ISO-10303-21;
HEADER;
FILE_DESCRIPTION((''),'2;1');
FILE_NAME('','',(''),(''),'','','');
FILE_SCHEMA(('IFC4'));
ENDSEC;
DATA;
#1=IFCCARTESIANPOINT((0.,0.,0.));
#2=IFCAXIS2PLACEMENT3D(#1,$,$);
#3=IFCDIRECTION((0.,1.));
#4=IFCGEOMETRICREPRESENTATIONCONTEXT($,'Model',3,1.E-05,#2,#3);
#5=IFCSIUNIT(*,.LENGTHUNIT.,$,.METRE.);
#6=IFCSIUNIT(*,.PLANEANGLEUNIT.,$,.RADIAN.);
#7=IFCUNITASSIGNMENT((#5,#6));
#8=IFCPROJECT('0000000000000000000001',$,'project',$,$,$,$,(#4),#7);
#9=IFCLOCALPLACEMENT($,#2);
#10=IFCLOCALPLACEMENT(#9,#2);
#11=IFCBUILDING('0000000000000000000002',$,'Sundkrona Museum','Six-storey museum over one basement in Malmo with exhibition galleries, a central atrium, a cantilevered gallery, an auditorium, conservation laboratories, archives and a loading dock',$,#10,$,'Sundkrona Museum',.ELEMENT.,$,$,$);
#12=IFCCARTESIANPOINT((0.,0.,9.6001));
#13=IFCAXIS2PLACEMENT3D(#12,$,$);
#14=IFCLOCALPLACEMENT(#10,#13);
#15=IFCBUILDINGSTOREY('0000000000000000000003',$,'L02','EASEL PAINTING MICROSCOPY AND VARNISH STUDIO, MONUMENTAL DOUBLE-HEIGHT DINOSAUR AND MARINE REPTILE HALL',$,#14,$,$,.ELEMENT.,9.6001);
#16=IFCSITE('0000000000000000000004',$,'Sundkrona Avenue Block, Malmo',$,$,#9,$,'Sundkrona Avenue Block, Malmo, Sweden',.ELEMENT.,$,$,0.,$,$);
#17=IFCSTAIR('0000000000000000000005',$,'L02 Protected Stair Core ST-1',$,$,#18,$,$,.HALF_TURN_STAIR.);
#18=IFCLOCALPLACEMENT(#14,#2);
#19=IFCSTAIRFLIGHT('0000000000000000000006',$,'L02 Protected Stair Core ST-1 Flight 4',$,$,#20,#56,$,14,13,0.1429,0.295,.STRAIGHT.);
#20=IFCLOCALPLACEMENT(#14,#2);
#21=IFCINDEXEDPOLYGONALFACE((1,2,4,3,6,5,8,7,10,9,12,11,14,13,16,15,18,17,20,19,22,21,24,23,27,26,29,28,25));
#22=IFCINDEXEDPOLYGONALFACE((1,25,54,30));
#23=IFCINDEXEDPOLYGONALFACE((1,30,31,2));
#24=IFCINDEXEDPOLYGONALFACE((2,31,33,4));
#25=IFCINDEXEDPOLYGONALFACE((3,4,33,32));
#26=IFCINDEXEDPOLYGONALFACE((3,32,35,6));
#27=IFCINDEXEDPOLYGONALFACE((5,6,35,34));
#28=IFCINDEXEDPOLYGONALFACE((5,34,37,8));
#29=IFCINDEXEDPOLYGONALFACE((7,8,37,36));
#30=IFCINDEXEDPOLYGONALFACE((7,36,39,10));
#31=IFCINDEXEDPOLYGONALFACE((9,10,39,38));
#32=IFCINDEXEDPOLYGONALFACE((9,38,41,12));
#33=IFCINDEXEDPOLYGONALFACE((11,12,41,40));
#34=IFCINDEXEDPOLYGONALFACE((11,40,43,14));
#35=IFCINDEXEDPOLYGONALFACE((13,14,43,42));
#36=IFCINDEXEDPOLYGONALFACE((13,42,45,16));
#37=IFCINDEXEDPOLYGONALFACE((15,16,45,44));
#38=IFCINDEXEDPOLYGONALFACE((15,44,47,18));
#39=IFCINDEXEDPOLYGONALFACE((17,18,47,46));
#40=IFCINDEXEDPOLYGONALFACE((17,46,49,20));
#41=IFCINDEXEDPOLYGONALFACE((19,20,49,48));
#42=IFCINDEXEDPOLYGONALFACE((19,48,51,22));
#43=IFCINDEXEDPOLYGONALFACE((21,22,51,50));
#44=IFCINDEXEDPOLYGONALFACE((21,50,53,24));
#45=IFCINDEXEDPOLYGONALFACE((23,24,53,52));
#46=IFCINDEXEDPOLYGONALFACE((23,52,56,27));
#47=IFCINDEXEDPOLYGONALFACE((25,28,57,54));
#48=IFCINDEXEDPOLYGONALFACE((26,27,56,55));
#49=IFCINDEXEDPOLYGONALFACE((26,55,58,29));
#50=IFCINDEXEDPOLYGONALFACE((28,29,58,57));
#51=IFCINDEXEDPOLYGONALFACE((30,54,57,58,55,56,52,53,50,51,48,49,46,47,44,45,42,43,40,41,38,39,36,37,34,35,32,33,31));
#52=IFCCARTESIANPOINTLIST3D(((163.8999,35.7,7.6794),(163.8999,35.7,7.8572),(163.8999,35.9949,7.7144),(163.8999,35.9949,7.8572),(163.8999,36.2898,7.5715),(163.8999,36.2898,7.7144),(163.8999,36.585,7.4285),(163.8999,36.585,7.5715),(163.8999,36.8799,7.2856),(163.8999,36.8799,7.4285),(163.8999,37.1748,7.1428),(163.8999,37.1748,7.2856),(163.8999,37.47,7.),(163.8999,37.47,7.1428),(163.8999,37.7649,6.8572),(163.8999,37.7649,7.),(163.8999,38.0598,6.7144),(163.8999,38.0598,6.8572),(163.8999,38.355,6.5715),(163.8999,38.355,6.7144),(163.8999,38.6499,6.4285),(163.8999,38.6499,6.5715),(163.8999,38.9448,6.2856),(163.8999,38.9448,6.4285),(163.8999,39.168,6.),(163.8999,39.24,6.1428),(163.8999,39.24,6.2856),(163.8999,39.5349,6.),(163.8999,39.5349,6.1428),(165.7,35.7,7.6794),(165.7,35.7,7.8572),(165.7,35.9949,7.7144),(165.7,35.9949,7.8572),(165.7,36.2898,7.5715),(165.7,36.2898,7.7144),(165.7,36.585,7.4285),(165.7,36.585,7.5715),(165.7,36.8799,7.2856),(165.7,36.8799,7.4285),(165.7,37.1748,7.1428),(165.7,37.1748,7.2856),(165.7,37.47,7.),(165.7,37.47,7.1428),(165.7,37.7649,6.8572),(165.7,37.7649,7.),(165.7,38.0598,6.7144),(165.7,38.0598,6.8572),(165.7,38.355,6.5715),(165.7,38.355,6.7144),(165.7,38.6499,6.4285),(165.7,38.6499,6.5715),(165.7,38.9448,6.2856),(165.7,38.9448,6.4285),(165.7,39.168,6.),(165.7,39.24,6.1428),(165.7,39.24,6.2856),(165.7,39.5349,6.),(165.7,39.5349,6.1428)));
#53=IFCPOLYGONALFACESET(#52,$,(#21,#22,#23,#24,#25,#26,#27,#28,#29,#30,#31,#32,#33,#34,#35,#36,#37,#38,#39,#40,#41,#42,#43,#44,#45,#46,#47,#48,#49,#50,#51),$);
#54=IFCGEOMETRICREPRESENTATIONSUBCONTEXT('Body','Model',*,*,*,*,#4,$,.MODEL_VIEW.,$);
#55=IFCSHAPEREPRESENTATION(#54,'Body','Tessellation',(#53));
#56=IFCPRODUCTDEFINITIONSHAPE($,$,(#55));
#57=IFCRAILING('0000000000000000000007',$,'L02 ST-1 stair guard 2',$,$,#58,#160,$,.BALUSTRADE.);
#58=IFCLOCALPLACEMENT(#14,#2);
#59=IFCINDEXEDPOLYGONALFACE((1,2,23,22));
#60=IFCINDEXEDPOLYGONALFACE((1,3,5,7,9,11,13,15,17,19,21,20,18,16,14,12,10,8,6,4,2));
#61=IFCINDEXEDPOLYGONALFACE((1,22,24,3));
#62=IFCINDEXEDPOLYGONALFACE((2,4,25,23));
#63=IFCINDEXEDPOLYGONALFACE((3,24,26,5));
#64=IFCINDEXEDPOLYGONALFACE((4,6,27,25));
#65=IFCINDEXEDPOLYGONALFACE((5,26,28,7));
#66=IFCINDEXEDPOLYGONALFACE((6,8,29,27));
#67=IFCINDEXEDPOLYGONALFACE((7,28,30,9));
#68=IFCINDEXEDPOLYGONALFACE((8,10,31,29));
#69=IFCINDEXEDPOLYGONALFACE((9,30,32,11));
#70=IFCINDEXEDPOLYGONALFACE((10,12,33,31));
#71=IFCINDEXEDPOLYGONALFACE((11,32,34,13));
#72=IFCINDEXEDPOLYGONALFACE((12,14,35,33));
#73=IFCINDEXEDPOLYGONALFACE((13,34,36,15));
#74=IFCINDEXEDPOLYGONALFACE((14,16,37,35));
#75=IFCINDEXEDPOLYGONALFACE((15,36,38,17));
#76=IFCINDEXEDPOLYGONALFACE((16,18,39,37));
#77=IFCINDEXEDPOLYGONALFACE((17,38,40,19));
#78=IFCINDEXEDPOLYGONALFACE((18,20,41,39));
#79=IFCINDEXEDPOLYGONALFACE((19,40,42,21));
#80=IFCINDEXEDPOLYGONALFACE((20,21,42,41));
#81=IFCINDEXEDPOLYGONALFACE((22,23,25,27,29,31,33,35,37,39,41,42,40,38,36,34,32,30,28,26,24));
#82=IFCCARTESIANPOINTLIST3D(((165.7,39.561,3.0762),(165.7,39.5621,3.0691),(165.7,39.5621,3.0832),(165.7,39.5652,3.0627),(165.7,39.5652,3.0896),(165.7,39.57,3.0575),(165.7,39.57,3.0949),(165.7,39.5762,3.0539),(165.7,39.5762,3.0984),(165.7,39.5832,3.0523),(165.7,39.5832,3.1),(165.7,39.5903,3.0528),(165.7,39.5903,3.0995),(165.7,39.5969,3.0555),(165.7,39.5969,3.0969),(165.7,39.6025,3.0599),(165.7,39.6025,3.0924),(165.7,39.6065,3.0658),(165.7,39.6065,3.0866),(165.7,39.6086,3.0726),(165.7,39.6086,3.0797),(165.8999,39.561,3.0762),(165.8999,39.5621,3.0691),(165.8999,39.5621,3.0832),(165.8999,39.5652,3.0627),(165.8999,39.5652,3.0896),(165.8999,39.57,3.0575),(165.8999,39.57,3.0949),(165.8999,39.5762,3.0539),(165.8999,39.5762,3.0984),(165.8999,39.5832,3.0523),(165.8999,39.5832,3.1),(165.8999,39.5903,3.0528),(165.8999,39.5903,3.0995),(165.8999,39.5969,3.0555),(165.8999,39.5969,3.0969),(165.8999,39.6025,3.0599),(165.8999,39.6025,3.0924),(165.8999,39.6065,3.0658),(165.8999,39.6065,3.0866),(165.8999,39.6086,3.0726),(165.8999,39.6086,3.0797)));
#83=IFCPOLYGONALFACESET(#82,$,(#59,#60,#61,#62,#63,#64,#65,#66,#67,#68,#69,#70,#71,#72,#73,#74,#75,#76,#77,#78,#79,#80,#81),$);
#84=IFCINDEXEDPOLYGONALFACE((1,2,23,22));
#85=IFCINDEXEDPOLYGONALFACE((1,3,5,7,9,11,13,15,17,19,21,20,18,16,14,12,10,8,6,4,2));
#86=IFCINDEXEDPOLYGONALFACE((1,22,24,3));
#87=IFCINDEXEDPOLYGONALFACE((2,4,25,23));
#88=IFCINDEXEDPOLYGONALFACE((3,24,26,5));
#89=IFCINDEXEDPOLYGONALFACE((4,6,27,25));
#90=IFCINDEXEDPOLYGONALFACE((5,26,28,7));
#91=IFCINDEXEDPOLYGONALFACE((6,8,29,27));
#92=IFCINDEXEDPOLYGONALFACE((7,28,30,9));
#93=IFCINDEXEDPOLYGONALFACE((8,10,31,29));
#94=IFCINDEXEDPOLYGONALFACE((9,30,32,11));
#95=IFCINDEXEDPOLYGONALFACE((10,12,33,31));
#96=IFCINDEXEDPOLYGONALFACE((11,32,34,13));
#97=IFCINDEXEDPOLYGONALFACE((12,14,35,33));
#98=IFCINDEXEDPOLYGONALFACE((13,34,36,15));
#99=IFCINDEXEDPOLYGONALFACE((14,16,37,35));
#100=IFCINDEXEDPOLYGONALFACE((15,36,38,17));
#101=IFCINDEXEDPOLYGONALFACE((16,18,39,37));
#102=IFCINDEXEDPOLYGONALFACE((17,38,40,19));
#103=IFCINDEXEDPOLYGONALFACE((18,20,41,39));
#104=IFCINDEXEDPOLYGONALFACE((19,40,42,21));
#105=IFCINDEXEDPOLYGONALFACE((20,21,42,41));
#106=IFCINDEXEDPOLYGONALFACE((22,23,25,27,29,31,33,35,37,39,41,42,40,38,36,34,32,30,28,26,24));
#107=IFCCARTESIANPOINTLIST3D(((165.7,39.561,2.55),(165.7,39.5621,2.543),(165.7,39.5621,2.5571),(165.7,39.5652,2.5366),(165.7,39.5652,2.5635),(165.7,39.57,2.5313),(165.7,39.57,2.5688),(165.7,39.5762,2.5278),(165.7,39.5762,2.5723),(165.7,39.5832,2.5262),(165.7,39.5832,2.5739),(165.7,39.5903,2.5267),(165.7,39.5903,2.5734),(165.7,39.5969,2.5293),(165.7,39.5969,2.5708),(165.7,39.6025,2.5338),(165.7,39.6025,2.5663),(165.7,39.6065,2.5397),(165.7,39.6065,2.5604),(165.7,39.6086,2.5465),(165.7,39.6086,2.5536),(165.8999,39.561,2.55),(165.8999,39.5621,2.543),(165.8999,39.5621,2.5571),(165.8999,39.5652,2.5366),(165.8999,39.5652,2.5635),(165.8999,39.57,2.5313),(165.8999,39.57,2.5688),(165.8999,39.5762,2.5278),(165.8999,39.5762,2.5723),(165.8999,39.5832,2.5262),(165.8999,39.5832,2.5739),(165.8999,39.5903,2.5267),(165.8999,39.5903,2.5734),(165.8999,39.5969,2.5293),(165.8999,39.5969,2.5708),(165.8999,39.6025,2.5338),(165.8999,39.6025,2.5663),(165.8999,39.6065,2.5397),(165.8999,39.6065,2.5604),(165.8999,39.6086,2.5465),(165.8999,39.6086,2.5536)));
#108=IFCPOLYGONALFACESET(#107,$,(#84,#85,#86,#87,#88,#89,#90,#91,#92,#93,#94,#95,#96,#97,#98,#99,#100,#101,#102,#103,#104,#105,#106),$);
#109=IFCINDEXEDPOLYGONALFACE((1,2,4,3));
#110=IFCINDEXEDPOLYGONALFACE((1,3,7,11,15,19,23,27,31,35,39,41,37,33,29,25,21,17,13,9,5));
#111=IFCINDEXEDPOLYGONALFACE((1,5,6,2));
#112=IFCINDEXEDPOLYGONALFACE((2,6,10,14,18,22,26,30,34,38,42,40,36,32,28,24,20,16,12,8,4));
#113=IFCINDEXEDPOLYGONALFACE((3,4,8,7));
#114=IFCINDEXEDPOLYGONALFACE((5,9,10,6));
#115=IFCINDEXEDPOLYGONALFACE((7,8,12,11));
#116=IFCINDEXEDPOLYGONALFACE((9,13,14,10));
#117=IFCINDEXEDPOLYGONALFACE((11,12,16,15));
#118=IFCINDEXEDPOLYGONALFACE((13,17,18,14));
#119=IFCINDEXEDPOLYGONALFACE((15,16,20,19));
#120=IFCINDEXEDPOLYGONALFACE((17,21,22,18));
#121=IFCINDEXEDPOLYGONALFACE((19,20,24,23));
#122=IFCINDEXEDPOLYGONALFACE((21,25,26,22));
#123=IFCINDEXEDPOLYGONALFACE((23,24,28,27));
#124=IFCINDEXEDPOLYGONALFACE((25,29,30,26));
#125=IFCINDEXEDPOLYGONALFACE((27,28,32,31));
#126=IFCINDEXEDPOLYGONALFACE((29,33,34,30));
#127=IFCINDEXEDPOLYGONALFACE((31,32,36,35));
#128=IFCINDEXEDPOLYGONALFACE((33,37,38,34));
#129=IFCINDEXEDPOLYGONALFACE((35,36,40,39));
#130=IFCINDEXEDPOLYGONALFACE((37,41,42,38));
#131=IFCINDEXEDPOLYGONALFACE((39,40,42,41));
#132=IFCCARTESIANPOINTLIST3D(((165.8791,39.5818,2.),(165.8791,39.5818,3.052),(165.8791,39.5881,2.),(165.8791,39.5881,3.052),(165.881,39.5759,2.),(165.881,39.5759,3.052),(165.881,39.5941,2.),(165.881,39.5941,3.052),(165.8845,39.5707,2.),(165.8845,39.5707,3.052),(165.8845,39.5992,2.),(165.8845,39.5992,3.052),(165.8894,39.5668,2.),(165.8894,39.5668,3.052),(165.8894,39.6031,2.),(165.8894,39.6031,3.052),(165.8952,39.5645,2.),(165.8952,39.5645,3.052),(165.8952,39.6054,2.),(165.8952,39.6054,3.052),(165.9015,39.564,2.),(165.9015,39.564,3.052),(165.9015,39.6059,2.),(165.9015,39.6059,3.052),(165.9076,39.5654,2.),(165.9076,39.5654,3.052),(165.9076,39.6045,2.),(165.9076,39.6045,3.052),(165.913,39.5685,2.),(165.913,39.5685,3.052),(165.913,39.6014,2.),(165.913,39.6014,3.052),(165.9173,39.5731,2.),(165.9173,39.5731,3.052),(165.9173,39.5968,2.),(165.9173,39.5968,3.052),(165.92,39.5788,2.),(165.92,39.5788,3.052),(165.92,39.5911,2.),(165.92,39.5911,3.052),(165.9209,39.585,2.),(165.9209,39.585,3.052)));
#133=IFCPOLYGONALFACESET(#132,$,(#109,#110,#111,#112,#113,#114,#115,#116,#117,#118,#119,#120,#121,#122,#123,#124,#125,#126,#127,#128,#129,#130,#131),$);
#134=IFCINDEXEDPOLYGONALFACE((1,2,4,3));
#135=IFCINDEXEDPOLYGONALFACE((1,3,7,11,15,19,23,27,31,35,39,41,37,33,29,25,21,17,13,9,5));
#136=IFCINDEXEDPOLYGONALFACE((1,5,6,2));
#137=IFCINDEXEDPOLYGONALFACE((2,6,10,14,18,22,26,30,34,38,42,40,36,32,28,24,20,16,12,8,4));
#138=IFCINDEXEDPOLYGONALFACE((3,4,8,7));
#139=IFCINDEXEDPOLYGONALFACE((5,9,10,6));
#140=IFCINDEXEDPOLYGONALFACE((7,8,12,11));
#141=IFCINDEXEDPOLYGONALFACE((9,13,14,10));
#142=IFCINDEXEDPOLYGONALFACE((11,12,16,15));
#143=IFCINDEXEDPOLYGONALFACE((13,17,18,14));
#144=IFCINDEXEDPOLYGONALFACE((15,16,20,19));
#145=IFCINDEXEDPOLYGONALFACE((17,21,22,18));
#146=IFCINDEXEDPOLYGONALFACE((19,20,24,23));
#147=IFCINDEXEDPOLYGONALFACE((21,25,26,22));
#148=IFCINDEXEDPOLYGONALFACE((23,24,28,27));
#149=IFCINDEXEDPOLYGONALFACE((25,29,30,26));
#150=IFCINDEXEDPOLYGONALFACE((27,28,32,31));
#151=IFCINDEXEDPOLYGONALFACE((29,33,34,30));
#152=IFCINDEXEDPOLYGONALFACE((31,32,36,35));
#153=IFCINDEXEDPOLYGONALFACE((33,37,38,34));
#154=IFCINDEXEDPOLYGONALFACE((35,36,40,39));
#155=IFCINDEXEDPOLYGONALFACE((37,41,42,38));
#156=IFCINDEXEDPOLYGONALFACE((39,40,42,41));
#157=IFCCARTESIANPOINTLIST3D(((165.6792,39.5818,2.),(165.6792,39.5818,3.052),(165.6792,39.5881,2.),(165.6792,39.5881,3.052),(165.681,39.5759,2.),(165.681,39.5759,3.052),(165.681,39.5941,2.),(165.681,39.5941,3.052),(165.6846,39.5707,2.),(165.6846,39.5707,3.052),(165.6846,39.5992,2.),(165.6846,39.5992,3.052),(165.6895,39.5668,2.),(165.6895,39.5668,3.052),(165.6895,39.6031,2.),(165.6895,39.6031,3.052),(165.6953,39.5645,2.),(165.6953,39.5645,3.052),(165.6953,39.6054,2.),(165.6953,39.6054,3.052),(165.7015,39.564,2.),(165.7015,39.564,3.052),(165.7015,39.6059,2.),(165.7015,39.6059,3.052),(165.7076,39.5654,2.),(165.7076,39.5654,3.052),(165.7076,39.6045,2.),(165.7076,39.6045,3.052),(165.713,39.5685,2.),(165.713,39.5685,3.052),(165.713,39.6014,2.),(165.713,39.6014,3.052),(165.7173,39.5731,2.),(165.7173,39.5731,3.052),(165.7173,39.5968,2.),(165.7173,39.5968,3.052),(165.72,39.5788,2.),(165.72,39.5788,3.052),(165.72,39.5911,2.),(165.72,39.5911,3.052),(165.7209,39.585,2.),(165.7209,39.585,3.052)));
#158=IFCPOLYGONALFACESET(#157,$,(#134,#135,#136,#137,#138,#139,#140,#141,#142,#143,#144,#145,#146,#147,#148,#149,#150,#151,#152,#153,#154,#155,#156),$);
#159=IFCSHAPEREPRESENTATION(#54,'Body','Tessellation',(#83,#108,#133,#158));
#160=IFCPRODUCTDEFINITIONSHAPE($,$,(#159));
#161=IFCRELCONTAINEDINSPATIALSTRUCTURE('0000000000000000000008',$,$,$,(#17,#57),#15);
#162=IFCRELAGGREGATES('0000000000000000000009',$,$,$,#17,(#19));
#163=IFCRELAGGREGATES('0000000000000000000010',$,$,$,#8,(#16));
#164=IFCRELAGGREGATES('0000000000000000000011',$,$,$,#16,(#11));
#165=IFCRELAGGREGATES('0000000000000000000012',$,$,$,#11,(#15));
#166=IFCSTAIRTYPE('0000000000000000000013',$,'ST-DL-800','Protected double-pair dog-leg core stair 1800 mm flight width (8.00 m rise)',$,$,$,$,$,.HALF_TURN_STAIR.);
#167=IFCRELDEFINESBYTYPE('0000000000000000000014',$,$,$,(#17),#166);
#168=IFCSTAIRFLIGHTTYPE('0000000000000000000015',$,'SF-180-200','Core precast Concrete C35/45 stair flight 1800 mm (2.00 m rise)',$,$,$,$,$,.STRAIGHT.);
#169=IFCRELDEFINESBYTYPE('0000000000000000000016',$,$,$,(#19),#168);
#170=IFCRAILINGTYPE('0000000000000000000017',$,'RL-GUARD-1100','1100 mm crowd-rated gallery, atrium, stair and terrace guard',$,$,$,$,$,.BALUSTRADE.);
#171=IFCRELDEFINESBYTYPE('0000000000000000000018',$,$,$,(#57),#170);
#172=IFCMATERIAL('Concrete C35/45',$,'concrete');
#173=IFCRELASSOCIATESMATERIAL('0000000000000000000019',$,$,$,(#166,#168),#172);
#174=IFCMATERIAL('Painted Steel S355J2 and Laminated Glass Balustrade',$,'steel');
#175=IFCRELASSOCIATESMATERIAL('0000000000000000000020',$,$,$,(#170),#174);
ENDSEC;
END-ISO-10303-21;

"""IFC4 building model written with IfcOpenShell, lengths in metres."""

from ifc_helpers import new_model, si_unit, direction, frame, origin, origin_2d, place, context, subcontext, project, spatial, polyline, circle, outline, extrude, material, type_object, element, aggregate, save


model = new_model("IFC4")

# Units and contexts
model_context = context("Model", 3, precision=1e-05, world=origin(), true_north=direction((0.0, 1.0)))
body_context = subcontext(model_context, "Body", "Model", "MODEL_VIEW")
ifc_project = project(units=[si_unit("LENGTHUNIT", "METRE"), si_unit("PLANEANGLEUNIT", "RADIAN")], contexts=[model_context])

# Site, building, storey
site_placement = place(None, origin())
site = spatial("IfcSite", under=ifc_project, at=site_placement, Name="Sundkrona Avenue Block, Malmo", LongName="Sundkrona Avenue Block, Malmo, Sweden", CompositionType="ELEMENT", RefElevation=0.0)
building_placement = place(site_placement, origin())
building = spatial("IfcBuilding", under=site, at=building_placement, Name="Sundkrona Museum", Description="Six-storey museum over one basement in Malmo with exhibition galleries, a central atrium, a cantilevered gallery, an auditorium, conservation laboratories, archives and a loading dock", LongName="Sundkrona Museum", CompositionType="ELEMENT")
storey_placement = place(building_placement, frame((0.0, 0.0, 9.6001)))
storey = spatial("IfcBuildingStorey", under=building, at=storey_placement, Name="L02", Description="EASEL PAINTING MICROSCOPY AND VARNISH STUDIO, MONUMENTAL DOUBLE-HEIGHT DINOSAUR AND MARINE REPTILE HALL", CompositionType="ELEMENT", Elevation=9.6001)

# Stair, stair flight
ifc_material_1 = material(Name="Concrete C35/45", Category="concrete")
stair_type = type_object("IfcStairType", Name="ST-DL-800", Description="Protected double-pair dog-leg core stair 1800 mm flight width (8.00 m rise)", PredefinedType="HALF_TURN_STAIR", material=ifc_material_1)
stair_placement = place(storey_placement, origin())
stair = element("IfcStair", 1, at=stair_placement, inside=storey, type_object=stair_type, Name="L02 Protected Stair Core ST-1", PredefinedType="HALF_TURN_STAIR")
stair_flight_type = type_object("IfcStairFlightType", Name="SF-180-200", Description="Core precast Concrete C35/45 stair flight 1800 mm (2.00 m rise)", PredefinedType="STRAIGHT", material=ifc_material_1)
stair_flight_1_placement = place(storey_placement, frame((164.8, 39.5349, 6.0), z_axis=(0.0, 0.0, 1.0), x_axis=(0.0, -1.0, 0.0)))
stair_flight_1 = element("IfcStairFlight", 2, at=stair_flight_1_placement, type_object=stair_flight_type, Name="L02 Protected Stair Core ST-1 Flight 4", NumberOfRisers=14, NumberOfTreads=13, PredefinedType="STRAIGHT", RiserHeight=0.1429, TreadLength=0.295, context=body_context, shape_type="SweptSolid", body=[
    extrude(outline(polyline([(0.0, 0.0), (0.0, 0.1428), (0.2949, 0.1428), (0.2949, 0.2856), (0.5901, 0.2856), (0.5901, 0.4285), (0.885, 0.4285), (0.885, 0.5715), (1.1799, 0.5715), (1.1799, 0.7144), (1.4751, 0.7144), (1.4751, 0.8572), (1.77, 0.8572), (1.77, 1.0), (2.0649, 1.0), (2.0649, 1.1428), (2.3601, 1.1428), (2.3601, 1.2856), (2.655, 1.2856), (2.655, 1.4285), (2.95, 1.4285), (2.95, 1.5715), (3.2451, 1.5715), (3.2451, 1.7144), (3.54, 1.7144), (3.54, 1.8572), (3.835, 1.8572), (3.835, 2.0), (3.835, 1.6794), (0.3669, 0.0), (0.0, 0.0)])), frame((0.0, 0.8999, 0.0), z_axis=(0.0, -1.0, 0.0), x_axis=(1.0, 0.0, 0.0)), (0.0, 0.0, 1.0), 1.8),
])
aggregate(stair, [stair_flight_1])

# Railing
ifc_material_2 = material(Name="Painted Steel S355J2 and Laminated Glass Balustrade", Category="steel")
railing_type_1 = type_object("IfcRailingType", Name="RL-GUARD-1100", Description="1100 mm crowd-rated gallery, atrium, stair and terrace guard", PredefinedType="BALUSTRADE", material=ifc_material_2)
railing_1_placement = place(storey_placement, frame((165.8999, 39.585, 2.0)))
element("IfcRailing", 3, at=railing_1_placement, inside=storey, type_object=railing_type_1, Name="L02 ST-1 stair guard 2", PredefinedType="BALUSTRADE", context=body_context, shape_type="SweptSolid", body=[
    extrude(circle(Radius=0.0239, at=origin_2d()), frame((0.0, 0.0, 1.0762), z_axis=(-1.0, 0.0, 0.0), x_axis=(0.0, -1.0, 0.0)), (0.0, 0.0, 1.0), 0.2),
    extrude(circle(Radius=0.0239, at=origin_2d()), frame((0.0, 0.0, 0.55), z_axis=(-1.0, 0.0, 0.0), x_axis=(0.0, -1.0, 0.0)), (0.0, 0.0, 1.0), 0.2),
    extrude(circle(Radius=0.021, at=origin_2d()), origin(), (0.0, 0.0, 1.0), 1.052),
    extrude(circle(Radius=0.021, at=origin_2d()), frame((-0.2, 0.0, 0.0)), (0.0, 0.0, 1.0), 1.052),
])

save(model, "model.ifc")
